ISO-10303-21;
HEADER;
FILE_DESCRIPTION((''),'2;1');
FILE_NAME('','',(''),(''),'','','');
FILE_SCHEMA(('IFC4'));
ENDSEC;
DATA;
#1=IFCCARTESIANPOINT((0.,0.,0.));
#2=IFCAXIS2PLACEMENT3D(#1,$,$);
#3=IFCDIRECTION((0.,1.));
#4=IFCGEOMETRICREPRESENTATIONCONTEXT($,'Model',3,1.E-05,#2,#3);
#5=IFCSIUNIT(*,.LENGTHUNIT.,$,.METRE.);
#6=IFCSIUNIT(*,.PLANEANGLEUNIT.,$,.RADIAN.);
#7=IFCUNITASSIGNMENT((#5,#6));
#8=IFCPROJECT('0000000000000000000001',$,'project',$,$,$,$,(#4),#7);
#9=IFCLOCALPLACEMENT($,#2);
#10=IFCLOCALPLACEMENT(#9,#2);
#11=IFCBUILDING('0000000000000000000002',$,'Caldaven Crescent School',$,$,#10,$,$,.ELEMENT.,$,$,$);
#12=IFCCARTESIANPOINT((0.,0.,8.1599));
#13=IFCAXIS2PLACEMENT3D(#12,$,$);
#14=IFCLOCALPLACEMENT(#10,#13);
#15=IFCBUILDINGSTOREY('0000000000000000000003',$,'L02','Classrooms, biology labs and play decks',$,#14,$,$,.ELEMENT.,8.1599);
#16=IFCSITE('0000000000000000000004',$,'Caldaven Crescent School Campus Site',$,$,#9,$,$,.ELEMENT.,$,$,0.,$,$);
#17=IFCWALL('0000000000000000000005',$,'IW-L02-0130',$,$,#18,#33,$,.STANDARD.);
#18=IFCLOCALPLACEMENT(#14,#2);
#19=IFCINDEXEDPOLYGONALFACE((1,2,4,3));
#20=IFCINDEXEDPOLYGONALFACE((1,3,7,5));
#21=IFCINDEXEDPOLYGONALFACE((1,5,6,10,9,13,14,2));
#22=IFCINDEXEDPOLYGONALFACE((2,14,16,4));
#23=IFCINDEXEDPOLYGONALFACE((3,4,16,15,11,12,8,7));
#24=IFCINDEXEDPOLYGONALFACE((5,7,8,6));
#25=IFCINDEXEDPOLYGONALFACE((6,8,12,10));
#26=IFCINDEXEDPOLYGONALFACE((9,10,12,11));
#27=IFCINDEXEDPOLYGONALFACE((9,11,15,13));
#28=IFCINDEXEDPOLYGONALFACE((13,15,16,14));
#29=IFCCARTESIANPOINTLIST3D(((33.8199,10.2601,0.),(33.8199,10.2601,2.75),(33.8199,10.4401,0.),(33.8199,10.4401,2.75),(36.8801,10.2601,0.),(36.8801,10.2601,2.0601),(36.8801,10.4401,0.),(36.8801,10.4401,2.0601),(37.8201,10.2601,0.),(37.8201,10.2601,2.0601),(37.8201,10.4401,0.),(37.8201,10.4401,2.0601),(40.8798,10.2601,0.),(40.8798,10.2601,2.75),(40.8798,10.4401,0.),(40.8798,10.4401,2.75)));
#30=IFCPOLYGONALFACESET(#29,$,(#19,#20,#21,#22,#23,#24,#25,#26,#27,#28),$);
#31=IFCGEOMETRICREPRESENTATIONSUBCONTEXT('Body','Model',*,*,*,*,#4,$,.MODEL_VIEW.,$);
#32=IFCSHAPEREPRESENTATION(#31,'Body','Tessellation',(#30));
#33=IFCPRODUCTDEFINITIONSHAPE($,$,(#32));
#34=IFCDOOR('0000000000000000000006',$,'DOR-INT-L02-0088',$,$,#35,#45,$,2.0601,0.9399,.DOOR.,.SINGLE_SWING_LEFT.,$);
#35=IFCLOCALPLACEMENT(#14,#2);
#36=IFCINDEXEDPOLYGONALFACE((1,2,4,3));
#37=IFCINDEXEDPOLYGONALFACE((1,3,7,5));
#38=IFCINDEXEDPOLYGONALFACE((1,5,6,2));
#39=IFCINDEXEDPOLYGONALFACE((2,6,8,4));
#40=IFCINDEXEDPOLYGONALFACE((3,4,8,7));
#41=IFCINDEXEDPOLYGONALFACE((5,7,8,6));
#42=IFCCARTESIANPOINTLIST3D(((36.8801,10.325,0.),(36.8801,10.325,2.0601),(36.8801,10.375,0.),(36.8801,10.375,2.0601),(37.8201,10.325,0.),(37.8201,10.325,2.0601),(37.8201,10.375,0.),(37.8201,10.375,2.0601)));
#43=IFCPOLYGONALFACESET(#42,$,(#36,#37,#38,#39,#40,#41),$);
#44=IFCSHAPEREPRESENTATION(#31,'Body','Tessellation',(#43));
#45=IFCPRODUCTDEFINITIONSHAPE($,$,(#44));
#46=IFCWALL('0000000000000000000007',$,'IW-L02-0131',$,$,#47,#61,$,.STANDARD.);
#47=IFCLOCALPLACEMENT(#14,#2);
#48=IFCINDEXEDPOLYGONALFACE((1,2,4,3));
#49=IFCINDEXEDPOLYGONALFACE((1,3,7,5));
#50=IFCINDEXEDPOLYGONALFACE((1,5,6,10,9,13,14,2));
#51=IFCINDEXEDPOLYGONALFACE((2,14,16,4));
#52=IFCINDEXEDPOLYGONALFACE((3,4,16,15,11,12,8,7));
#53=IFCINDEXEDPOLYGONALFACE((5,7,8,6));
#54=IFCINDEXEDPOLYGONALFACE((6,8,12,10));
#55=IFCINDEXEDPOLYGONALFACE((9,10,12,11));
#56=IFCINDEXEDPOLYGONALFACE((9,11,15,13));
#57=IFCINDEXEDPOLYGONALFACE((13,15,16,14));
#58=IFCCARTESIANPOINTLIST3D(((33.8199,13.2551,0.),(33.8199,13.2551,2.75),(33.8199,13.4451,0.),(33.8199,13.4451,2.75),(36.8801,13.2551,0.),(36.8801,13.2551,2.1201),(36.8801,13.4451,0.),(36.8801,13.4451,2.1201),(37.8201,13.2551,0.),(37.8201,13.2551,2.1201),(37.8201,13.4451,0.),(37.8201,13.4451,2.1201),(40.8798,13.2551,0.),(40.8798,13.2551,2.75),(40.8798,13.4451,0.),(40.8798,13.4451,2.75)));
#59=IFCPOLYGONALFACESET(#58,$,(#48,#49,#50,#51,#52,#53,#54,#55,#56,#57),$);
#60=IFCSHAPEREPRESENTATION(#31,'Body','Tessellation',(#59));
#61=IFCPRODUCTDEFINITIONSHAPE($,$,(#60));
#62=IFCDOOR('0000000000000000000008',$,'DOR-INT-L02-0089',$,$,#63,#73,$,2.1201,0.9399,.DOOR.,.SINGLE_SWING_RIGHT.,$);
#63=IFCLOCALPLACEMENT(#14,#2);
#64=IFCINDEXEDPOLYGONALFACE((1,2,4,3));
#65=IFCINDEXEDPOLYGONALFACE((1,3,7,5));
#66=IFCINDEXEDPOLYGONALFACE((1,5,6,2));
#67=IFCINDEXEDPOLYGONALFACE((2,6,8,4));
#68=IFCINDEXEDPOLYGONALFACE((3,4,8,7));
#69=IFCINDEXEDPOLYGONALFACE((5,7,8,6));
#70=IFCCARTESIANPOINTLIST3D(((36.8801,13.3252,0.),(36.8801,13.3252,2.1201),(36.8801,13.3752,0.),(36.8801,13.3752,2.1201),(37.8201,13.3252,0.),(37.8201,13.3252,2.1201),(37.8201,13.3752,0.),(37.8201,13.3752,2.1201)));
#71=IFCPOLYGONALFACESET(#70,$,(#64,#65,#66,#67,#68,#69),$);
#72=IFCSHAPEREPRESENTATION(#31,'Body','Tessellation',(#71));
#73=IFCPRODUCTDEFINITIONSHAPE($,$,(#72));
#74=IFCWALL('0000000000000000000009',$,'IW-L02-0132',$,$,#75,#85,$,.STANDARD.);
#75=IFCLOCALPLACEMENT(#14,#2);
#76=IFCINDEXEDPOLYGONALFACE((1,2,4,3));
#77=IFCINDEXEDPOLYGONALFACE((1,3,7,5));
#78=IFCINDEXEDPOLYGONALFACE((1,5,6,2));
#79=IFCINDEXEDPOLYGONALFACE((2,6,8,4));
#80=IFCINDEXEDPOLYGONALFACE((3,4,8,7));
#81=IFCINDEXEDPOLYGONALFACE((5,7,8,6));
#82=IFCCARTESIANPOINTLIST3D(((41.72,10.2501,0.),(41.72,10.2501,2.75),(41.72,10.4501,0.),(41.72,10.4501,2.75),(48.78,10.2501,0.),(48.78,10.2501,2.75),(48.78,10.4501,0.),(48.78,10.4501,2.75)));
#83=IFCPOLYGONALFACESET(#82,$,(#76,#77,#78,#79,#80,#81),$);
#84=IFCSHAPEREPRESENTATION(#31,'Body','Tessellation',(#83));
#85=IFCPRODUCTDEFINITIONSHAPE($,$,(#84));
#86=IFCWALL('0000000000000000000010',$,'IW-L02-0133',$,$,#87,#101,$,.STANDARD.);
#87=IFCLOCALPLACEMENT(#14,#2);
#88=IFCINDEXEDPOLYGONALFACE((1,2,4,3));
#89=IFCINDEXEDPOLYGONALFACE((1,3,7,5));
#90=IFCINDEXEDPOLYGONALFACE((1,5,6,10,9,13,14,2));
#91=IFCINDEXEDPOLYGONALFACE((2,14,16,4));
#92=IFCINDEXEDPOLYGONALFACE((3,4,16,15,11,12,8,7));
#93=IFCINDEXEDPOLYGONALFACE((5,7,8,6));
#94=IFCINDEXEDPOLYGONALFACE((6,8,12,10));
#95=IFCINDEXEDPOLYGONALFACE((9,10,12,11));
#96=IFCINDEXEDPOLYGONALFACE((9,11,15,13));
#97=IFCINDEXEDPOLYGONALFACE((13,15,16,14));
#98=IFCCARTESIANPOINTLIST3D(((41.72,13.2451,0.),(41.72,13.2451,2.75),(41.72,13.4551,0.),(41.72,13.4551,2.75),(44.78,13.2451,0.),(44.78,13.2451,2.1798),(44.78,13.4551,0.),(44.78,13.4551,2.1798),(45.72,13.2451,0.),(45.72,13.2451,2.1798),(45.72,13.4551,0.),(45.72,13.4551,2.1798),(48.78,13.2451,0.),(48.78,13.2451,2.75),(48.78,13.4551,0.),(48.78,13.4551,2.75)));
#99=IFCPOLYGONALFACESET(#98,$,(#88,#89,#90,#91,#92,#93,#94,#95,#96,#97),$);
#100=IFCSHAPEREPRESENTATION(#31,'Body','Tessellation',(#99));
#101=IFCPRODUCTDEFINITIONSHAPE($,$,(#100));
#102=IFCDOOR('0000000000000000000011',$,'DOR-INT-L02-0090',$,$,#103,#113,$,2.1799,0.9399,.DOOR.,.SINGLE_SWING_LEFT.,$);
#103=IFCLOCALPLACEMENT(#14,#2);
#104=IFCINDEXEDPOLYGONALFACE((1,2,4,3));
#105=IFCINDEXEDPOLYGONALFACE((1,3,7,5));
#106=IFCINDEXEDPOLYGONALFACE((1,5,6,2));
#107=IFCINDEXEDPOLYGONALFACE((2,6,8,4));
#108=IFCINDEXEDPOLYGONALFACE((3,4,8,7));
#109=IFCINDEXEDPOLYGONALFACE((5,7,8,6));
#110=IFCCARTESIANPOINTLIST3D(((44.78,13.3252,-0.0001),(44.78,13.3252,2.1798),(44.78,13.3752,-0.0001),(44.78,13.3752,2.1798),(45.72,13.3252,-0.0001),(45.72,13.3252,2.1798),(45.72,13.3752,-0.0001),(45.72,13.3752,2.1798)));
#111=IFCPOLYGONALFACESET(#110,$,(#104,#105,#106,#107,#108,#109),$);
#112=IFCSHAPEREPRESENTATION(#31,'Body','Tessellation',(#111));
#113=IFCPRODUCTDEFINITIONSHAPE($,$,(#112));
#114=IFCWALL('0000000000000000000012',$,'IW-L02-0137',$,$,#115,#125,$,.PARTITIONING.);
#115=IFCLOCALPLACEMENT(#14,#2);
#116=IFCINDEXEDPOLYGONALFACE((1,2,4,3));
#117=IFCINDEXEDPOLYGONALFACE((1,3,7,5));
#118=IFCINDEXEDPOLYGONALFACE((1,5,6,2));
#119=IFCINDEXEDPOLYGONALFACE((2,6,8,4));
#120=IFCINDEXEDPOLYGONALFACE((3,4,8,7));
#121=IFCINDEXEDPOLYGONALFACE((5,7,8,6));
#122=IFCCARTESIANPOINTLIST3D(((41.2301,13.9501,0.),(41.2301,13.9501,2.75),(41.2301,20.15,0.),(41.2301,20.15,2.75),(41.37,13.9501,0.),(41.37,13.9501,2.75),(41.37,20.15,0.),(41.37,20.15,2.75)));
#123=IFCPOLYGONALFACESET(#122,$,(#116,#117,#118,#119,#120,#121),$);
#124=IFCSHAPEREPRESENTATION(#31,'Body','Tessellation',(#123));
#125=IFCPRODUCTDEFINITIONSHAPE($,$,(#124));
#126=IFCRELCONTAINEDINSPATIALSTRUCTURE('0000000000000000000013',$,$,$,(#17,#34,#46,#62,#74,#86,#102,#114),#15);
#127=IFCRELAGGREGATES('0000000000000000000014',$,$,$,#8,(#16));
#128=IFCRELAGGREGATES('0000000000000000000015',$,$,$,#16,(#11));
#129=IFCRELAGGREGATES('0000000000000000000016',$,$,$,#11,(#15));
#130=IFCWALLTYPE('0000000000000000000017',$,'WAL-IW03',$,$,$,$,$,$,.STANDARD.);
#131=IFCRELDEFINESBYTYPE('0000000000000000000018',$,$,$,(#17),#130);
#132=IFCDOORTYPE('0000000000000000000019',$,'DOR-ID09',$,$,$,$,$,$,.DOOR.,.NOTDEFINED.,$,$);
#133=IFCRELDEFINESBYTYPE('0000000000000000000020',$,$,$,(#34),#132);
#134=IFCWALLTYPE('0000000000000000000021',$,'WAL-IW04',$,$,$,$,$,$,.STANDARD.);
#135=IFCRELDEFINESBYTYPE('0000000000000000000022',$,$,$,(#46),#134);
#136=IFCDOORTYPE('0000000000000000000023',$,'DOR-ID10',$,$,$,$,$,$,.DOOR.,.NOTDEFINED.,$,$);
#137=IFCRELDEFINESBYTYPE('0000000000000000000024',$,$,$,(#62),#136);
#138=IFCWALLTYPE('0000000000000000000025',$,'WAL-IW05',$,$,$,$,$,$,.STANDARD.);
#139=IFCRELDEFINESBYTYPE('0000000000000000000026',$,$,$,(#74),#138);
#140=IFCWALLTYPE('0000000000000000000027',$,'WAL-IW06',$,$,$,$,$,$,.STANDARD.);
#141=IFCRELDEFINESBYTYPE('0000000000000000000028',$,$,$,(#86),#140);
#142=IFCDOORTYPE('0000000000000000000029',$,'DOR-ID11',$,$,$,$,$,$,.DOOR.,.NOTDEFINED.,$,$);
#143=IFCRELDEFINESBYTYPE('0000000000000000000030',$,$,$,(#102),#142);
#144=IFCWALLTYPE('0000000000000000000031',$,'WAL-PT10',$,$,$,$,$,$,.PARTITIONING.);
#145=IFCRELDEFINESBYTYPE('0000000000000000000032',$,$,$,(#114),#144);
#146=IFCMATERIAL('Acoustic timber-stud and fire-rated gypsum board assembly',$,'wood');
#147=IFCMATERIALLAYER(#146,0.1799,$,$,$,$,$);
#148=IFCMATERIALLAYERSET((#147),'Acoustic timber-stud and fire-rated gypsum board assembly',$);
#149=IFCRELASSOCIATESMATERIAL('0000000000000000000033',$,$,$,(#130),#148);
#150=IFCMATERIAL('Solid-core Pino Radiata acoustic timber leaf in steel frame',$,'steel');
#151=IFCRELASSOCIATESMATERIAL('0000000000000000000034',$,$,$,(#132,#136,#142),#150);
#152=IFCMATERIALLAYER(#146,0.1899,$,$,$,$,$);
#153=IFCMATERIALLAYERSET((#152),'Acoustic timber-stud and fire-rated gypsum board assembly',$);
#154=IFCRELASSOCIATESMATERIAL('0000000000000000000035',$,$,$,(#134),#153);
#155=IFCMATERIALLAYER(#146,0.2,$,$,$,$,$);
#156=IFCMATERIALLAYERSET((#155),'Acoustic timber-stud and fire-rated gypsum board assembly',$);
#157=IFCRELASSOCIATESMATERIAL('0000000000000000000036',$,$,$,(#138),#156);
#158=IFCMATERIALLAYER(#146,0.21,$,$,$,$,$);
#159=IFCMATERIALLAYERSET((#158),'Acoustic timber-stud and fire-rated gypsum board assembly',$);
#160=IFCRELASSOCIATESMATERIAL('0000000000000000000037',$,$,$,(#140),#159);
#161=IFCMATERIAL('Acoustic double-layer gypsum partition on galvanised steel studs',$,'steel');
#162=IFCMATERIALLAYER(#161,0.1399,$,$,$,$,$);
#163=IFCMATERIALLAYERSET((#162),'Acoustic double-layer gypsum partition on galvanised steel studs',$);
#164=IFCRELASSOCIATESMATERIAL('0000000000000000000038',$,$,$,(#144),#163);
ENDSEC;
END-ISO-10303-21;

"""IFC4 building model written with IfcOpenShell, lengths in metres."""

from ifc_helpers import new_model, si_unit, direction, frame, frame_2d, origin, place, context, subcontext, project, spatial, rectangle, extrude, material, layer, layer_set, type_object, element, fill, save


model = new_model("IFC4")

# Units and contexts
model_context = context("Model", 3, precision=1e-05, world=origin(), true_north=direction((0.0, 1.0)))
body_context = subcontext(model_context, "Body", "Model", "MODEL_VIEW")
ifc_project = project(units=[si_unit("LENGTHUNIT", "METRE"), si_unit("PLANEANGLEUNIT", "RADIAN")], contexts=[model_context])

# Site, building, storey
site_placement = place(None, origin())
site = spatial("IfcSite", under=ifc_project, at=site_placement, Name="Caldaven Crescent School Campus Site", CompositionType="ELEMENT", RefElevation=0.0)
building_placement = place(site_placement, origin())
building = spatial("IfcBuilding", under=site, at=building_placement, Name="Caldaven Crescent School", CompositionType="ELEMENT")
storey_placement = place(building_placement, frame((0.0, 0.0, 8.1599)))
storey = spatial("IfcBuildingStorey", under=building, at=storey_placement, Name="L02", Description="Classrooms, biology labs and play decks", CompositionType="ELEMENT", Elevation=8.1599)

# Walls, openings, doors
ifc_material_1 = material(Name="Acoustic timber-stud and fire-rated gypsum board assembly", Category="wood")
ifc_layer_1 = layer(ifc_material_1, 0.1799)
ifc_layer_set_1 = layer_set([ifc_layer_1], Name="Acoustic timber-stud and fire-rated gypsum board assembly")
wall_type_1 = type_object("IfcWallType", Name="WAL-IW03", PredefinedType="STANDARD", material=ifc_layer_set_1)
wall_1_placement = place(storey_placement, frame((33.8201, 10.3501, 0.0), z_axis=(0.0, 0.0, 1.0), x_axis=(1.0, 0.0, 0.0)))
wall_1 = element("IfcWall", 1, at=wall_1_placement, inside=storey, type_object=wall_type_1, Name="IW-L02-0130", PredefinedType="STANDARD", context=body_context, shape_type="SweptSolid", body=[
    extrude(rectangle(XDim=7.0598, YDim=0.1799, at=frame_2d((3.5298, 0.0))), origin(), (0.0, 0.0, 1.0), 2.75),
])
opening_1_placement = place(wall_1_placement, frame((3.0601, 0.0, 0.0)))
opening_1 = element("IfcOpeningElement", 2, at=opening_1_placement, cuts=wall_1, PredefinedType="OPENING", context=body_context, shape_type="SweptSolid", body=[
    extrude(rectangle(XDim=0.9399, YDim=2.0601, at=frame_2d((0.47, 1.03))), frame((0.0, 0.0999, 0.0), z_axis=(0.0, -1.0, 0.0), x_axis=(1.0, 0.0, 0.0)), (0.0, 0.0, 1.0), 0.2),
])
ifc_material_2 = material(Name="Solid-core Pino Radiata acoustic timber leaf in steel frame", Category="steel")
door_type_1 = type_object("IfcDoorType", Name="DOR-ID09", OperationType="NOTDEFINED", PredefinedType="DOOR", material=ifc_material_2)
door_1_placement = place(opening_1_placement, origin())
door_1 = element("IfcDoor", 3, at=door_1_placement, inside=storey, type_object=door_type_1, Name="DOR-INT-L02-0088", OperationType="SINGLE_SWING_LEFT", OverallHeight=2.0601, OverallWidth=0.9399, PredefinedType="DOOR", context=body_context, shape_type="SweptSolid", body=[
    extrude(rectangle(XDim=0.9399, YDim=2.0601, at=frame_2d((0.47, 1.03))), frame((0.0, 0.0249, 0.0), z_axis=(0.0, -1.0, 0.0), x_axis=(1.0, 0.0, 0.0)), (0.0, 0.0, 1.0), 0.05),
])
fill(opening_1, door_1)
ifc_layer_2 = layer(ifc_material_1, 0.1899)
ifc_layer_set_2 = layer_set([ifc_layer_2], Name="Acoustic timber-stud and fire-rated gypsum board assembly")
wall_type_2 = type_object("IfcWallType", Name="WAL-IW04", PredefinedType="STANDARD", material=ifc_layer_set_2)
wall_2_placement = place(storey_placement, frame((33.8201, 13.3501, 0.0), z_axis=(0.0, 0.0, 1.0), x_axis=(1.0, 0.0, 0.0)))
wall_2 = element("IfcWall", 4, at=wall_2_placement, inside=storey, type_object=wall_type_2, Name="IW-L02-0131", PredefinedType="STANDARD", context=body_context, shape_type="SweptSolid", body=[
    extrude(rectangle(XDim=7.0598, YDim=0.1899, at=frame_2d((3.5298, 0.0))), origin(), (0.0, 0.0, 1.0), 2.75),
])
opening_2_placement = place(wall_2_placement, frame((3.0601, 0.0, 0.0)))
opening_2 = element("IfcOpeningElement", 5, at=opening_2_placement, cuts=wall_2, PredefinedType="OPENING", context=body_context, shape_type="SweptSolid", body=[
    extrude(rectangle(XDim=0.9399, YDim=2.1201, at=frame_2d((0.47, 1.0601))), frame((0.0, 0.105, 0.0), z_axis=(0.0, -1.0, 0.0), x_axis=(1.0, 0.0, 0.0)), (0.0, 0.0, 1.0), 0.21),
])
door_type_2 = type_object("IfcDoorType", Name="DOR-ID10", OperationType="NOTDEFINED", PredefinedType="DOOR", material=ifc_material_2)
door_2_placement = place(opening_2_placement, frame((0.9399, 0.0, 0.0), z_axis=(0.0, 0.0, 1.0), x_axis=(-1.0, 0.0, 0.0)))
door_2 = element("IfcDoor", 6, at=door_2_placement, inside=storey, type_object=door_type_2, Name="DOR-INT-L02-0089", OperationType="SINGLE_SWING_RIGHT", OverallHeight=2.1201, OverallWidth=0.9399, PredefinedType="DOOR", context=body_context, shape_type="SweptSolid", body=[
    extrude(rectangle(XDim=0.9399, YDim=2.1201, at=frame_2d((0.47, 1.0601))), frame((0.0, 0.0249, 0.0), z_axis=(0.0, -1.0, 0.0), x_axis=(1.0, 0.0, 0.0)), (0.0, 0.0, 1.0), 0.05),
])
fill(opening_2, door_2)

# Wall
ifc_layer_3 = layer(ifc_material_1, 0.2)
ifc_layer_set_3 = layer_set([ifc_layer_3], Name="Acoustic timber-stud and fire-rated gypsum board assembly")
wall_type_3 = type_object("IfcWallType", Name="WAL-IW05", PredefinedType="STANDARD", material=ifc_layer_set_3)
wall_3_placement = place(storey_placement, frame((41.72, 10.3501, 0.0), z_axis=(0.0, 0.0, 1.0), x_axis=(1.0, 0.0, 0.0)))
element("IfcWall", 7, at=wall_3_placement, inside=storey, type_object=wall_type_3, Name="IW-L02-0132", PredefinedType="STANDARD", context=body_context, shape_type="SweptSolid", body=[
    extrude(rectangle(XDim=7.0601, YDim=0.2, at=frame_2d((3.53, 0.0))), origin(), (0.0, 0.0, 1.0), 2.75),
])

# Wall, opening, door
ifc_layer_4 = layer(ifc_material_1, 0.21)
ifc_layer_set_4 = layer_set([ifc_layer_4], Name="Acoustic timber-stud and fire-rated gypsum board assembly")
wall_type_4 = type_object("IfcWallType", Name="WAL-IW06", PredefinedType="STANDARD", material=ifc_layer_set_4)
wall_4_placement = place(storey_placement, frame((41.72, 13.3501, 0.0), z_axis=(0.0, 0.0, 1.0), x_axis=(1.0, 0.0, 0.0)))
wall_4 = element("IfcWall", 8, at=wall_4_placement, inside=storey, type_object=wall_type_4, Name="IW-L02-0133", PredefinedType="STANDARD", context=body_context, shape_type="SweptSolid", body=[
    extrude(rectangle(XDim=7.0601, YDim=0.21, at=frame_2d((3.53, 0.0))), origin(), (0.0, 0.0, 1.0), 2.75),
])
opening_3_placement = place(wall_4_placement, frame((3.0601, 0.0, 0.0)))
opening_3 = element("IfcOpeningElement", 9, at=opening_3_placement, cuts=wall_4, PredefinedType="OPENING", context=body_context, shape_type="SweptSolid", body=[
    extrude(rectangle(XDim=0.9399, YDim=2.1799, at=frame_2d((0.47, 1.0898))), frame((0.0, 0.115, 0.0), z_axis=(0.0, -1.0, 0.0), x_axis=(1.0, 0.0, 0.0)), (0.0, 0.0, 1.0), 0.23),
])
door_type_3 = type_object("IfcDoorType", Name="DOR-ID11", OperationType="NOTDEFINED", PredefinedType="DOOR", material=ifc_material_2)
door_3_placement = place(opening_3_placement, frame((0.9399, 0.0, 0.0), z_axis=(0.0, 0.0, 1.0), x_axis=(-1.0, 0.0, 0.0)))
door_3 = element("IfcDoor", 10, at=door_3_placement, inside=storey, type_object=door_type_3, Name="DOR-INT-L02-0090", OperationType="SINGLE_SWING_LEFT", OverallHeight=2.1799, OverallWidth=0.9399, PredefinedType="DOOR", context=body_context, shape_type="SweptSolid", body=[
    extrude(rectangle(XDim=0.9399, YDim=2.1799, at=frame_2d((0.47, 1.0898))), frame((0.0, 0.0249, 0.0), z_axis=(0.0, -1.0, 0.0), x_axis=(1.0, 0.0, 0.0)), (0.0, 0.0, 1.0), 0.05),
])
fill(opening_3, door_3)

# Wall
ifc_material_3 = material(Name="Acoustic double-layer gypsum partition on galvanised steel studs", Category="steel")
ifc_layer_5 = layer(ifc_material_3, 0.1399)
ifc_layer_set_5 = layer_set([ifc_layer_5], Name="Acoustic double-layer gypsum partition on galvanised steel studs")
wall_type_5 = type_object("IfcWallType", Name="WAL-PT10", PredefinedType="PARTITIONING", material=ifc_layer_set_5)
wall_5_placement = place(storey_placement, frame((41.3, 13.95, 0.0), z_axis=(0.0, 0.0, 1.0), x_axis=(0.0, 1.0, 0.0)))
element("IfcWall", 11, at=wall_5_placement, inside=storey, type_object=wall_type_5, Name="IW-L02-0137", PredefinedType="PARTITIONING", context=body_context, shape_type="SweptSolid", body=[
    extrude(rectangle(XDim=6.2, YDim=0.1399, at=frame_2d((3.1001, 0.0))), origin(), (0.0, 0.0, 1.0), 2.75),
])

save(model, "model.ifc")
